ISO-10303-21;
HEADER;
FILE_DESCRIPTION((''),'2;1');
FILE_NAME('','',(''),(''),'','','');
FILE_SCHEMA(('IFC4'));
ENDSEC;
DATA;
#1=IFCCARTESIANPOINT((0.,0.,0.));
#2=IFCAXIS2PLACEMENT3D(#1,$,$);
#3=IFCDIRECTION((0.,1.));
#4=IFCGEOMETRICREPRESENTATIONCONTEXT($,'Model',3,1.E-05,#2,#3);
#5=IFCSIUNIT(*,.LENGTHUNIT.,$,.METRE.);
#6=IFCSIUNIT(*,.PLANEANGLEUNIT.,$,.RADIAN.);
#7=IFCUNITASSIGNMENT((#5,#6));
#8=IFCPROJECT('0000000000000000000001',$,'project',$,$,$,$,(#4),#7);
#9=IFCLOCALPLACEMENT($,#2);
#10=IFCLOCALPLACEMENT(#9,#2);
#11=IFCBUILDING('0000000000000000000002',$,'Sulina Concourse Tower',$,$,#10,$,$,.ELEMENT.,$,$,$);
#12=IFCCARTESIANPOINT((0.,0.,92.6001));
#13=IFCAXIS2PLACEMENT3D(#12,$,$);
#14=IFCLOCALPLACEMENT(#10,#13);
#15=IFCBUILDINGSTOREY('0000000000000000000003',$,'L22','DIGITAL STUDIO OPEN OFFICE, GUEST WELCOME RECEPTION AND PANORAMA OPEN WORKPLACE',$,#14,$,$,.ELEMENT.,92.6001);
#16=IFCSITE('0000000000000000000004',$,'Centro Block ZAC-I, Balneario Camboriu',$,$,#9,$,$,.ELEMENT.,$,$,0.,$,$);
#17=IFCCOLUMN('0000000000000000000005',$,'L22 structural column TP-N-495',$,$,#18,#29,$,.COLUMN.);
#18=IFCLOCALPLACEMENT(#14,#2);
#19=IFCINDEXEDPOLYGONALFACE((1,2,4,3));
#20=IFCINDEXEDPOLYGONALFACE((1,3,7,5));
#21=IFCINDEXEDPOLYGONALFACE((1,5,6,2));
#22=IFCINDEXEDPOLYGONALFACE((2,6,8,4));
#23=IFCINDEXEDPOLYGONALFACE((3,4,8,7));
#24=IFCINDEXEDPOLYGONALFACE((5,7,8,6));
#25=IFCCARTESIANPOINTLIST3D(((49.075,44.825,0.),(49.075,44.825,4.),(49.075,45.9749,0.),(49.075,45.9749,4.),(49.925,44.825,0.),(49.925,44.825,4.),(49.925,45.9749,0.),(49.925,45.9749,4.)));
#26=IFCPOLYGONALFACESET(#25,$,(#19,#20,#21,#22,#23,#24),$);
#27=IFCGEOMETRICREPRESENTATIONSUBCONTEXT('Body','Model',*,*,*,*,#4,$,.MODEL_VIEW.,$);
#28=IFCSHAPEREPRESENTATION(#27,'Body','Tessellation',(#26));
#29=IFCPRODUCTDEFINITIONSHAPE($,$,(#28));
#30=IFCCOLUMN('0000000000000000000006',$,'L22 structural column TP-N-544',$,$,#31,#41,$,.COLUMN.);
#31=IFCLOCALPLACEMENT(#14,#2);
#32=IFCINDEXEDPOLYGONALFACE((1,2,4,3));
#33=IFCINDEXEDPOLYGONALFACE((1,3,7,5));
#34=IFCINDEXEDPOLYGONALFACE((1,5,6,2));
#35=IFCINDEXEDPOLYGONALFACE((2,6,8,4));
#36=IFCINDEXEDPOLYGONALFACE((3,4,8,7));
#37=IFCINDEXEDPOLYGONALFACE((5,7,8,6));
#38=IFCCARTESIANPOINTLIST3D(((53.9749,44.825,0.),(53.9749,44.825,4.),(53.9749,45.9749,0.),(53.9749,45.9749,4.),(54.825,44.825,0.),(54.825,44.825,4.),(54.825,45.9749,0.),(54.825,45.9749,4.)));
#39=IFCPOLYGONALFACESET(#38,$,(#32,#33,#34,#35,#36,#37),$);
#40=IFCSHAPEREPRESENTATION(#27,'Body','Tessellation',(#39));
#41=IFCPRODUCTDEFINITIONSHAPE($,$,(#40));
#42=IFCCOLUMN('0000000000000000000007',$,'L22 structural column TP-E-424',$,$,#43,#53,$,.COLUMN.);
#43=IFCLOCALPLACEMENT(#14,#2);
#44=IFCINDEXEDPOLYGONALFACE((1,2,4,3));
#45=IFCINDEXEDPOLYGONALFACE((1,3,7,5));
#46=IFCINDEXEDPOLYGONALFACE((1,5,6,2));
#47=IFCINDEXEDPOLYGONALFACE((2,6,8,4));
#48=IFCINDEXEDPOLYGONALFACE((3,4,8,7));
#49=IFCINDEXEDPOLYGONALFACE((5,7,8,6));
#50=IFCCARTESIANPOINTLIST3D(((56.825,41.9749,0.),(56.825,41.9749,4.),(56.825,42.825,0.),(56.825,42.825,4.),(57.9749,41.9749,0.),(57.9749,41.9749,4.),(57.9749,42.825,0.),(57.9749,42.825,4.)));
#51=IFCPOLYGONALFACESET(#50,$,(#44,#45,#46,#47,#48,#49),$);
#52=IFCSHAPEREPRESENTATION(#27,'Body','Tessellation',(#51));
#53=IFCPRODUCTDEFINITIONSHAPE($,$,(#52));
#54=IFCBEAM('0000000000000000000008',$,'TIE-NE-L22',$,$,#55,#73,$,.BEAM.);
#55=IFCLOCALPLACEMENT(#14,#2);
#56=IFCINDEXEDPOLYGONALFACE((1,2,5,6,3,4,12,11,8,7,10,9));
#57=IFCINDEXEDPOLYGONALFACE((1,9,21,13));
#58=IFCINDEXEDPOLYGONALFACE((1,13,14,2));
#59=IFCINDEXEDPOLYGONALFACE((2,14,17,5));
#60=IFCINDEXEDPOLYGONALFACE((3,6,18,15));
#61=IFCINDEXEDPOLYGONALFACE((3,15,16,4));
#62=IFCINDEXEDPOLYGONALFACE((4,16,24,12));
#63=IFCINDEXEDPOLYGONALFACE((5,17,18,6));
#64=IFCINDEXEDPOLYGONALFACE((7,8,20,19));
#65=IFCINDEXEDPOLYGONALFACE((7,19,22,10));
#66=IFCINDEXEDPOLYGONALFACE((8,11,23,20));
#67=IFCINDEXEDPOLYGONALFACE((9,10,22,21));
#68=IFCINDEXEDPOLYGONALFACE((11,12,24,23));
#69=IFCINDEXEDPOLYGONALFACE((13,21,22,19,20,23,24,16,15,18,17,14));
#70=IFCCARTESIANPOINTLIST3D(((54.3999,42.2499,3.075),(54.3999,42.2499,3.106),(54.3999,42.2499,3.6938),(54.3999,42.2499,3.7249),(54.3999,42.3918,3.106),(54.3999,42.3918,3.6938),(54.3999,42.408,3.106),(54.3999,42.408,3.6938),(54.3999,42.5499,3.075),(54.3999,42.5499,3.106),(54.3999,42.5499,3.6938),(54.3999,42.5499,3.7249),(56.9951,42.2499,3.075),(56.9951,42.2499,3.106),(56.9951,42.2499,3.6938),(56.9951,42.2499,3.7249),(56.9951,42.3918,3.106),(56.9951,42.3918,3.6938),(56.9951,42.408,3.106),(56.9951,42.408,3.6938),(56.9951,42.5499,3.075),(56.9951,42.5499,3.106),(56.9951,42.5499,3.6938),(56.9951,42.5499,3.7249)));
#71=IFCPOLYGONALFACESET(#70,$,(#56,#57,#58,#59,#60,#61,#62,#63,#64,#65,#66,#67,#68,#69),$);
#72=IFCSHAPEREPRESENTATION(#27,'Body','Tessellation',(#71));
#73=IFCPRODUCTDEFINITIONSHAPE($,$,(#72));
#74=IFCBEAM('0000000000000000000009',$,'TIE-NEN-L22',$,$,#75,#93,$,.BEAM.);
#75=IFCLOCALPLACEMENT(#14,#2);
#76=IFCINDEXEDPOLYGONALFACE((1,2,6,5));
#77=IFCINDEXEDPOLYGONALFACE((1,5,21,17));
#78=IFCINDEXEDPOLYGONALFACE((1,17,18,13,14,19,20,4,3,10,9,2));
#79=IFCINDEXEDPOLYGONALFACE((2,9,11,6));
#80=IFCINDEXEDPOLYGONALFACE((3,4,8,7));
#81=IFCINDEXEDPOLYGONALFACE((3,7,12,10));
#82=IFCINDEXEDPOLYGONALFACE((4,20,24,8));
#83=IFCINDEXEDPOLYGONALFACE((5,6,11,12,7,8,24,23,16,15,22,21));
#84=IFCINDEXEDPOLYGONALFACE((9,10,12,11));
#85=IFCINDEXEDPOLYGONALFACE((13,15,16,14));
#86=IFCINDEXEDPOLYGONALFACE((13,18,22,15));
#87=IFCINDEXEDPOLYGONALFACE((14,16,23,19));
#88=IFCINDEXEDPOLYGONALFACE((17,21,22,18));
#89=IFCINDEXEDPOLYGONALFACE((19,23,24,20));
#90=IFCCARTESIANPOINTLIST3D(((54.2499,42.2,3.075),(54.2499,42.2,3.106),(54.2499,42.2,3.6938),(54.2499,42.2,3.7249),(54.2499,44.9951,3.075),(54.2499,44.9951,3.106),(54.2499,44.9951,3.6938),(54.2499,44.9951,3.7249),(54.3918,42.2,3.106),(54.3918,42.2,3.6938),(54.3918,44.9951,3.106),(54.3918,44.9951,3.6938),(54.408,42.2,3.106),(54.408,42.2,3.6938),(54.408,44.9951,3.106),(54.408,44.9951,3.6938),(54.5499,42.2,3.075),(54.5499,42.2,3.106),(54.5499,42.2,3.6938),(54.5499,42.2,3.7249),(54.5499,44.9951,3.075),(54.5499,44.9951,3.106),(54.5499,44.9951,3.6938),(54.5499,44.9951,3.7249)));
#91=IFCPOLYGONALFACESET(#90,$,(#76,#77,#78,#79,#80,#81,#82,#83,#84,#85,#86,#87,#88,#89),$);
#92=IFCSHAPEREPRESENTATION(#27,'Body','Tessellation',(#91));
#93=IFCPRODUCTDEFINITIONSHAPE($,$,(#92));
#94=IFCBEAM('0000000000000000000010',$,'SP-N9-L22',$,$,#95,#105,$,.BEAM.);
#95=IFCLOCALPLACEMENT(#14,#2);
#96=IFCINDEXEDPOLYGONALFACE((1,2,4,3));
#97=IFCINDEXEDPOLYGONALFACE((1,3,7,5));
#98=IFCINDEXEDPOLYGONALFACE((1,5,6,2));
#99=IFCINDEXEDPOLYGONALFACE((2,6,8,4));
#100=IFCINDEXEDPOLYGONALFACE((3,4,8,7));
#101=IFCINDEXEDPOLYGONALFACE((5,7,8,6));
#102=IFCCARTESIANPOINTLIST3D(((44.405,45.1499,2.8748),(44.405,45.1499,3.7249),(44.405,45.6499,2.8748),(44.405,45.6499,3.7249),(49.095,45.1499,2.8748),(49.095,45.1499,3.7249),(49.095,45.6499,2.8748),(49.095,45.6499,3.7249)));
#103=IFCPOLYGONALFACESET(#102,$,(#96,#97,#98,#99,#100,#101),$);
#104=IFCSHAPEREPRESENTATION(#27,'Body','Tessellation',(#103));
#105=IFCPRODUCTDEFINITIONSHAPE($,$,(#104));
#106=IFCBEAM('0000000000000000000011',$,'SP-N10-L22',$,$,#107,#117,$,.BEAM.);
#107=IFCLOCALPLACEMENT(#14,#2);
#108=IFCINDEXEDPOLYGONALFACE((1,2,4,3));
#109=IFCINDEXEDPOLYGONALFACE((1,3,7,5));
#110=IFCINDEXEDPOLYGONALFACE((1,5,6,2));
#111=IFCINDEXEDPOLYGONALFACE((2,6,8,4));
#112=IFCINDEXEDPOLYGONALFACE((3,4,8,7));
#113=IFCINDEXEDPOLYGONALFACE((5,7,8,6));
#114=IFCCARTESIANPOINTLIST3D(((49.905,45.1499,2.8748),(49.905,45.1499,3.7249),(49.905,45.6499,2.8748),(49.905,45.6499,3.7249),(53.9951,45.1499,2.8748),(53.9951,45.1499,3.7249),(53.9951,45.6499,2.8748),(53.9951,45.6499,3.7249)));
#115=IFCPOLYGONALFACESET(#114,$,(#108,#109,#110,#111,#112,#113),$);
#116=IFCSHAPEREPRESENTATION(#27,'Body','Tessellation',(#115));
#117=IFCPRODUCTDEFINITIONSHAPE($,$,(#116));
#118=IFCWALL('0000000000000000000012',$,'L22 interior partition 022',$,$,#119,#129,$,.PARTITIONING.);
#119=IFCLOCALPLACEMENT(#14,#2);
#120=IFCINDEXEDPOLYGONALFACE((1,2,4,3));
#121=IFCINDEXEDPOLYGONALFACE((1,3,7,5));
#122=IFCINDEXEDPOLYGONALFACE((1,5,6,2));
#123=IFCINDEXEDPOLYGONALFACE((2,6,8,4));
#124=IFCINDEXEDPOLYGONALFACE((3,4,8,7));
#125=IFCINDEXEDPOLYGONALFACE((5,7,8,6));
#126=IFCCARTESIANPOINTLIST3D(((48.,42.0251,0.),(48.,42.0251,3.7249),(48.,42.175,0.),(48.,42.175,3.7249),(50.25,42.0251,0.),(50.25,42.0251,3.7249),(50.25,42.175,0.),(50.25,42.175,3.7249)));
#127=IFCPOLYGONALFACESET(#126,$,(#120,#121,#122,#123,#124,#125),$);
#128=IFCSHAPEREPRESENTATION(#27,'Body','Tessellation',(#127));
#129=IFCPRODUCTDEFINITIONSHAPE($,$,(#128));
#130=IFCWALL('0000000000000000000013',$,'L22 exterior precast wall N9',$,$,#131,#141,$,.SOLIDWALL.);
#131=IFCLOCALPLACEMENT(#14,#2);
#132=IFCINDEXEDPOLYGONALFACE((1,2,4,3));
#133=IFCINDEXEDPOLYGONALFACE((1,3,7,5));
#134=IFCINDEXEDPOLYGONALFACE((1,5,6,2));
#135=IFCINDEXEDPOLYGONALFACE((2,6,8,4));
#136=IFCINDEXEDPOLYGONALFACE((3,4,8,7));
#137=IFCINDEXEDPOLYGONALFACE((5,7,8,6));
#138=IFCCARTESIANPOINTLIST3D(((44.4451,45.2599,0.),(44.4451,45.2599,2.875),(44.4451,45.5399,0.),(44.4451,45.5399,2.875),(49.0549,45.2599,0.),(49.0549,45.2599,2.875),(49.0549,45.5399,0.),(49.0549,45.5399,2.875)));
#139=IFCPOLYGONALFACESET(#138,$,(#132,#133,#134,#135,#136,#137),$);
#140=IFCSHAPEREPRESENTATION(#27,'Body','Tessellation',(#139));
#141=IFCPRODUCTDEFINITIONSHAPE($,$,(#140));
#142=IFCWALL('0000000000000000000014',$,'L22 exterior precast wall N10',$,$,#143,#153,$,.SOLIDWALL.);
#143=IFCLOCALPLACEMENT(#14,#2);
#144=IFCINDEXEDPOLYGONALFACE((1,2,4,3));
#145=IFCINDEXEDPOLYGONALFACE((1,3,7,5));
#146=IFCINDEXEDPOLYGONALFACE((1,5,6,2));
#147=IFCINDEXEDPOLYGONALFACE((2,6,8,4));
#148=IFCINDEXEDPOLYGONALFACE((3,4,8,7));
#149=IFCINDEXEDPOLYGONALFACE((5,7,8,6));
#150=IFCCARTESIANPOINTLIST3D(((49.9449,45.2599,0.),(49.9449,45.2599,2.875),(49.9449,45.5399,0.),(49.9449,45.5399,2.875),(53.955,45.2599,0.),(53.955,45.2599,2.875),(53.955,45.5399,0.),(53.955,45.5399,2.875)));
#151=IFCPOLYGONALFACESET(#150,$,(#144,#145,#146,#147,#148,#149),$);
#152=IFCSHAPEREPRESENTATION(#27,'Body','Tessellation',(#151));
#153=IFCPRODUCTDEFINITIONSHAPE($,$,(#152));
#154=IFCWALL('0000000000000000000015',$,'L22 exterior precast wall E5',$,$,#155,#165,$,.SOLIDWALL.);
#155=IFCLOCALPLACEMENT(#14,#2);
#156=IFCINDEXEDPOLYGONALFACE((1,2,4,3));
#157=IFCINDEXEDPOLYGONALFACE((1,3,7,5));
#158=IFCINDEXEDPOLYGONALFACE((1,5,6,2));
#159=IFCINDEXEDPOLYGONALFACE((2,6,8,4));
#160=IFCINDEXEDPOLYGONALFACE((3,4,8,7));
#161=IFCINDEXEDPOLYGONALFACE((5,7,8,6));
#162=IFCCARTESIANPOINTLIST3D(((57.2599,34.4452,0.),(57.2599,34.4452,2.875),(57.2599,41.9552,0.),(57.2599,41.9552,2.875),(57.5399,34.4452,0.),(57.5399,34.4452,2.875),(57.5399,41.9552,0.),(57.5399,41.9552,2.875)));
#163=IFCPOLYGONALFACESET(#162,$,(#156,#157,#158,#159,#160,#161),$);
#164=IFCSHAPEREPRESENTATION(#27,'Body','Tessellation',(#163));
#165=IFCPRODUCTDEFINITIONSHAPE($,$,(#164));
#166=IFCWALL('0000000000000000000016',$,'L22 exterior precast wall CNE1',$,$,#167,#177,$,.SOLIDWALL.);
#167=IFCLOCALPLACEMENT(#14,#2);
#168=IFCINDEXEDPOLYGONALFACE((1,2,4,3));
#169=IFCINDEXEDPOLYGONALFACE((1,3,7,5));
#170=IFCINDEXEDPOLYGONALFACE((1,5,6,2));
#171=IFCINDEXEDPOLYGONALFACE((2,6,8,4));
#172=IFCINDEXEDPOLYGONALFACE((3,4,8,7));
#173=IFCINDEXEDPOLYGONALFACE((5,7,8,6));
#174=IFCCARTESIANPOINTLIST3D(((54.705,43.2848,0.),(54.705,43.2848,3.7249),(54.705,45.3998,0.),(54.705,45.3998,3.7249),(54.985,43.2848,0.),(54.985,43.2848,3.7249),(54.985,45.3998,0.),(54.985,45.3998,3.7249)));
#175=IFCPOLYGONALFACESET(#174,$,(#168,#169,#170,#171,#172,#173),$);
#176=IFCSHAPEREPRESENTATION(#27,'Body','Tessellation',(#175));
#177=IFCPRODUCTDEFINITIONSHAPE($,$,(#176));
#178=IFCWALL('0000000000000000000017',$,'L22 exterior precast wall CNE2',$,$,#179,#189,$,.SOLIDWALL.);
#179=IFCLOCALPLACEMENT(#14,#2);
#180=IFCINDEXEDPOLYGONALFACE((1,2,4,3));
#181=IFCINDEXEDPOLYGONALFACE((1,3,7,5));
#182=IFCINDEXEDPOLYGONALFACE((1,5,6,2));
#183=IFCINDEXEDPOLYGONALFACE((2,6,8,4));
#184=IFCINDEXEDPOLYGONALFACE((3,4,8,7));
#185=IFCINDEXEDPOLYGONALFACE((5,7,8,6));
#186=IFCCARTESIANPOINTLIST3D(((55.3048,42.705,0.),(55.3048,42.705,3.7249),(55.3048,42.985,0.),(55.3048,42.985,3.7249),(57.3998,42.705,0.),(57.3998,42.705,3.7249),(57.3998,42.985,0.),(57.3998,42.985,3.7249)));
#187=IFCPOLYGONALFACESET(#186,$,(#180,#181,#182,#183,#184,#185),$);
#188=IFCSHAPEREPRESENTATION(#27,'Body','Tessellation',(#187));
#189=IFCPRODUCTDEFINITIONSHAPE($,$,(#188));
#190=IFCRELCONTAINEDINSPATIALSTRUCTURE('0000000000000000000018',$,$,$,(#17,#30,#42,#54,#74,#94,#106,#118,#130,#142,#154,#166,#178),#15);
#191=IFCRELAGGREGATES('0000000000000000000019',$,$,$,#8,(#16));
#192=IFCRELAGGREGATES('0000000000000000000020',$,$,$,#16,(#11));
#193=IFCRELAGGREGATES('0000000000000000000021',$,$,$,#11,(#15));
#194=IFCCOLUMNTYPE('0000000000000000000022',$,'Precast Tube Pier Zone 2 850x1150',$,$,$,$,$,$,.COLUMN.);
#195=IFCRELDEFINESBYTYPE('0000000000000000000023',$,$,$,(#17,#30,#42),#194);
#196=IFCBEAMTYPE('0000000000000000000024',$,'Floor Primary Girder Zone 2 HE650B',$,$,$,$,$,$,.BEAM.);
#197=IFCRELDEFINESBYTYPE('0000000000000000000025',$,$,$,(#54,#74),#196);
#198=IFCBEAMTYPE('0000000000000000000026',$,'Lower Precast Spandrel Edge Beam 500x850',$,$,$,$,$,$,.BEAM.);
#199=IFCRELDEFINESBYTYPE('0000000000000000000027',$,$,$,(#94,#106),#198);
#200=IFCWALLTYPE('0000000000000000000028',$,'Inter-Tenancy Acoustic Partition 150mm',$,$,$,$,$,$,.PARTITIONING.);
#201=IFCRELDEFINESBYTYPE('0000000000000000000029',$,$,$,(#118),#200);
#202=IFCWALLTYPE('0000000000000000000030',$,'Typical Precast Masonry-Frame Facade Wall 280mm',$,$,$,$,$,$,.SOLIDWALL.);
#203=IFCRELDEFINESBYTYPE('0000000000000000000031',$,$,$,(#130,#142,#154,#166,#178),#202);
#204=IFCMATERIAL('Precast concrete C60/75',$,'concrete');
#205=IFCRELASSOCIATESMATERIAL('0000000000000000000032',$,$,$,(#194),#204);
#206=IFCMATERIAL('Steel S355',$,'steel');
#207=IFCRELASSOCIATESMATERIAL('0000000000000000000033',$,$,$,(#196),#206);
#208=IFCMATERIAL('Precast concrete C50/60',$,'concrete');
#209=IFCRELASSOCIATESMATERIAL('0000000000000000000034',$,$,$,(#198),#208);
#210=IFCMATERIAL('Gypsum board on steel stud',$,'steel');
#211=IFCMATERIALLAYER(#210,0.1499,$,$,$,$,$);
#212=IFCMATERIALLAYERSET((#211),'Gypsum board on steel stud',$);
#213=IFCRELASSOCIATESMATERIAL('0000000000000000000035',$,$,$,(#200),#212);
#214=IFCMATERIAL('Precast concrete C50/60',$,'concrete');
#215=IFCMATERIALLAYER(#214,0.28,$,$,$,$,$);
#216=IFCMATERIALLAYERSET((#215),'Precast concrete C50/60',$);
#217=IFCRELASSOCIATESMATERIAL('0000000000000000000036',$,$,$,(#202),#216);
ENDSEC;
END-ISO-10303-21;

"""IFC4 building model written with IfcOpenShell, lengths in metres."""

from ifc_helpers import new_model, si_unit, direction, frame, frame_2d, origin, origin_2d, place, context, subcontext, project, spatial, rectangle, i_section, extrude, material, layer, layer_set, material_profile, profile_set, type_object, element, save


model = new_model("IFC4")

# Units and contexts
model_context = context("Model", 3, precision=1e-05, world=origin(), true_north=direction((0.0, 1.0)))
body_context = subcontext(model_context, "Body", "Model", "MODEL_VIEW")
ifc_project = project(units=[si_unit("LENGTHUNIT", "METRE"), si_unit("PLANEANGLEUNIT", "RADIAN")], contexts=[model_context])

# Site, building, storey
site_placement = place(None, origin())
site = spatial("IfcSite", under=ifc_project, at=site_placement, Name="Centro Block ZAC-I, Balneario Camboriu", CompositionType="ELEMENT", RefElevation=0.0)
building_placement = place(site_placement, origin())
building = spatial("IfcBuilding", under=site, at=building_placement, Name="Sulina Concourse Tower", CompositionType="ELEMENT")
storey_placement = place(building_placement, frame((0.0, 0.0, 92.6001)))
storey = spatial("IfcBuildingStorey", under=building, at=storey_placement, Name="L22", Description="DIGITAL STUDIO OPEN OFFICE, GUEST WELCOME RECEPTION AND PANORAMA OPEN WORKPLACE", CompositionType="ELEMENT", Elevation=92.6001)

# Columns
ifc_material_1 = material(Name="Precast concrete C60/75", Category="concrete")
ifc_material_profile_1 = material_profile(ifc_material_1, rectangle(XDim=0.8501, YDim=1.1499, at=origin_2d()), Name="PC 850x1150")
ifc_profile_set_1 = profile_set([ifc_material_profile_1], Name="Precast concrete C60/75")
column_type = type_object("IfcColumnType", Name="Precast Tube Pier Zone 2 850x1150", PredefinedType="COLUMN", material=ifc_profile_set_1)
for number, where, z_axis, x_axis, name in (
    (1, (49.5, 45.3999, 0.0), (0.0, 0.0, 1.0), (1.0, 0.0, 0.0), "L22 structural column TP-N-495"),
    (2, (54.3999, 45.3999, 0.0), (0.0, 0.0, 1.0), (1.0, 0.0, 0.0), "L22 structural column TP-N-544"),
    (3, (57.3999, 42.3999, 0.0), (0.0, 0.0, 1.0), (0.0, 1.0, 0.0), "L22 structural column TP-E-424"),
):
    element("IfcColumn", number, at=place(storey_placement, frame(where, z_axis=z_axis, x_axis=x_axis)), inside=storey, type_object=column_type, Name=name, PredefinedType="COLUMN", context=body_context, shape_type="SweptSolid", body=[
        extrude(rectangle(XDim=0.8501, YDim=1.1499, at=origin_2d()), origin(), (0.0, 0.0, 1.0), 4.0),
    ])

# Beams
ifc_material_2 = material(Name="Steel S355", Category="steel")
ifc_material_profile_2 = material_profile(ifc_material_2, i_section(OverallWidth=0.3, OverallDepth=0.6499, WebThickness=0.0161, FlangeThickness=0.031, at=origin_2d()), Name="HE 650 B")
ifc_profile_set_2 = profile_set([ifc_material_profile_2], Name="Steel S355")
beam_type_1 = type_object("IfcBeamType", Name="Floor Primary Girder Zone 2 HE650B", PredefinedType="BEAM", material=ifc_profile_set_2)
beam_1_placement = place(storey_placement, frame((54.3999, 42.3999, 3.3999), z_axis=(1.0, 0.0, 0.0), x_axis=(0.0, 1.0, 0.0)))
element("IfcBeam", 4, at=beam_1_placement, inside=storey, type_object=beam_type_1, Name="TIE-NE-L22", PredefinedType="BEAM", context=body_context, shape_type="SweptSolid", body=[
    extrude(i_section(OverallWidth=0.3, OverallDepth=0.6499, WebThickness=0.0161, FlangeThickness=0.031, at=origin_2d()), origin(), (0.0, 0.0, 1.0), 2.5952),
])
beam_2_placement = place(storey_placement, frame((54.3999, 42.2, 3.3999), z_axis=(0.0, 1.0, 0.0), x_axis=(-1.0, 0.0, 0.0)))
element("IfcBeam", 5, at=beam_2_placement, inside=storey, type_object=beam_type_1, Name="TIE-NEN-L22", PredefinedType="BEAM", context=body_context, shape_type="SweptSolid", body=[
    extrude(i_section(OverallWidth=0.3, OverallDepth=0.6499, WebThickness=0.0161, FlangeThickness=0.031, at=origin_2d()), origin(), (0.0, 0.0, 1.0), 2.7952),
])
ifc_material_3 = material(Name="Precast concrete C50/60", Category="concrete")
ifc_material_profile_3 = material_profile(ifc_material_3, rectangle(XDim=0.5, YDim=0.8501, at=origin_2d()), Name="RC 500x850")
ifc_profile_set_3 = profile_set([ifc_material_profile_3], Name="Precast concrete C50/60")
beam_type_2 = type_object("IfcBeamType", Name="Lower Precast Spandrel Edge Beam 500x850", PredefinedType="BEAM", material=ifc_profile_set_3)
beam_3_placement = place(storey_placement, frame((44.405, 45.3999, 3.2998), z_axis=(1.0, 0.0, 0.0), x_axis=(0.0, 1.0, 0.0)))
element("IfcBeam", 6, at=beam_3_placement, inside=storey, type_object=beam_type_2, Name="SP-N9-L22", PredefinedType="BEAM", context=body_context, shape_type="SweptSolid", body=[
    extrude(rectangle(XDim=0.5, YDim=0.8501, at=origin_2d()), origin(), (0.0, 0.0, 1.0), 4.6899),
])
beam_4_placement = place(storey_placement, frame((49.905, 45.3999, 3.2998), z_axis=(1.0, 0.0, 0.0), x_axis=(0.0, 1.0, 0.0)))
element("IfcBeam", 7, at=beam_4_placement, inside=storey, type_object=beam_type_2, Name="SP-N10-L22", PredefinedType="BEAM", context=body_context, shape_type="SweptSolid", body=[
    extrude(rectangle(XDim=0.5, YDim=0.8501, at=origin_2d()), origin(), (0.0, 0.0, 1.0), 4.0901),
])

# Walls
ifc_material_4 = material(Name="Gypsum board on steel stud", Category="steel")
ifc_layer_1 = layer(ifc_material_4, 0.1499)
ifc_layer_set_1 = layer_set([ifc_layer_1], Name="Gypsum board on steel stud")
wall_type_1 = type_object("IfcWallType", Name="Inter-Tenancy Acoustic Partition 150mm", PredefinedType="PARTITIONING", material=ifc_layer_set_1)
wall_1_placement = place(storey_placement, frame((48.0, 42.1001, 0.0), z_axis=(0.0, 0.0, 1.0), x_axis=(1.0, 0.0, 0.0)))
element("IfcWall", 8, at=wall_1_placement, inside=storey, type_object=wall_type_1, Name="L22 interior partition 022", PredefinedType="PARTITIONING", context=body_context, shape_type="SweptSolid", body=[
    extrude(rectangle(XDim=2.25, YDim=0.1499, at=frame_2d((1.125, 0.0))), origin(), (0.0, 0.0, 1.0), 3.7249),
])
ifc_material_5 = material(Name="Precast concrete C50/60", Category="concrete")
ifc_layer_2 = layer(ifc_material_5, 0.28)
ifc_layer_set_2 = layer_set([ifc_layer_2], Name="Precast concrete C50/60")
wall_type_2 = type_object("IfcWallType", Name="Typical Precast Masonry-Frame Facade Wall 280mm", PredefinedType="SOLIDWALL", material=ifc_layer_set_2)
wall_2_placement = place(storey_placement, frame((44.4451, 45.3999, 0.0), z_axis=(0.0, 0.0, 1.0), x_axis=(1.0, 0.0, 0.0)))
element("IfcWall", 9, at=wall_2_placement, inside=storey, type_object=wall_type_2, Name="L22 exterior precast wall N9", PredefinedType="SOLIDWALL", context=body_context, shape_type="SweptSolid", body=[
    extrude(rectangle(XDim=4.6099, YDim=0.28, at=frame_2d((2.3049, 0.0))), origin(), (0.0, 0.0, 1.0), 2.875),
])
wall_3_placement = place(storey_placement, frame((49.9451, 45.3999, 0.0), z_axis=(0.0, 0.0, 1.0), x_axis=(1.0, 0.0, 0.0)))
element("IfcWall", 10, at=wall_3_placement, inside=storey, type_object=wall_type_2, Name="L22 exterior precast wall N10", PredefinedType="SOLIDWALL", context=body_context, shape_type="SweptSolid", body=[
    extrude(rectangle(XDim=4.01, YDim=0.28, at=frame_2d((2.0049, 0.0))), origin(), (0.0, 0.0, 1.0), 2.875),
])
wall_4_placement = place(storey_placement, frame((57.3999, 41.9551, 0.0), z_axis=(0.0, 0.0, 1.0), x_axis=(0.0, -1.0, 0.0)))
element("IfcWall", 11, at=wall_4_placement, inside=storey, type_object=wall_type_2, Name="L22 exterior precast wall E5", PredefinedType="SOLIDWALL", context=body_context, shape_type="SweptSolid", body=[
    extrude(rectangle(XDim=7.51, YDim=0.28, at=frame_2d((3.7549, 0.0))), origin(), (0.0, 0.0, 1.0), 2.875),
])
wall_5_placement = place(storey_placement, frame((54.845, 45.3999, 0.0), z_axis=(0.0, 0.0, 1.0), x_axis=(0.0, -1.0, 0.0)))
element("IfcWall", 12, at=wall_5_placement, inside=storey, type_object=wall_type_2, Name="L22 exterior precast wall CNE1", PredefinedType="SOLIDWALL", context=body_context, shape_type="SweptSolid", body=[
    extrude(rectangle(XDim=2.115, YDim=0.28, at=frame_2d((1.0576, 0.0))), origin(), (0.0, 0.0, 1.0), 3.7249),
])
wall_6_placement = place(storey_placement, frame((55.3049, 42.845, 0.0), z_axis=(0.0, 0.0, 1.0), x_axis=(1.0, 0.0, 0.0)))
element("IfcWall", 13, at=wall_6_placement, inside=storey, type_object=wall_type_2, Name="L22 exterior precast wall CNE2", PredefinedType="SOLIDWALL", context=body_context, shape_type="SweptSolid", body=[
    extrude(rectangle(XDim=2.095, YDim=0.28, at=frame_2d((1.0474, 0.0))), origin(), (0.0, 0.0, 1.0), 3.7249),
])

save(model, "model.ifc")
